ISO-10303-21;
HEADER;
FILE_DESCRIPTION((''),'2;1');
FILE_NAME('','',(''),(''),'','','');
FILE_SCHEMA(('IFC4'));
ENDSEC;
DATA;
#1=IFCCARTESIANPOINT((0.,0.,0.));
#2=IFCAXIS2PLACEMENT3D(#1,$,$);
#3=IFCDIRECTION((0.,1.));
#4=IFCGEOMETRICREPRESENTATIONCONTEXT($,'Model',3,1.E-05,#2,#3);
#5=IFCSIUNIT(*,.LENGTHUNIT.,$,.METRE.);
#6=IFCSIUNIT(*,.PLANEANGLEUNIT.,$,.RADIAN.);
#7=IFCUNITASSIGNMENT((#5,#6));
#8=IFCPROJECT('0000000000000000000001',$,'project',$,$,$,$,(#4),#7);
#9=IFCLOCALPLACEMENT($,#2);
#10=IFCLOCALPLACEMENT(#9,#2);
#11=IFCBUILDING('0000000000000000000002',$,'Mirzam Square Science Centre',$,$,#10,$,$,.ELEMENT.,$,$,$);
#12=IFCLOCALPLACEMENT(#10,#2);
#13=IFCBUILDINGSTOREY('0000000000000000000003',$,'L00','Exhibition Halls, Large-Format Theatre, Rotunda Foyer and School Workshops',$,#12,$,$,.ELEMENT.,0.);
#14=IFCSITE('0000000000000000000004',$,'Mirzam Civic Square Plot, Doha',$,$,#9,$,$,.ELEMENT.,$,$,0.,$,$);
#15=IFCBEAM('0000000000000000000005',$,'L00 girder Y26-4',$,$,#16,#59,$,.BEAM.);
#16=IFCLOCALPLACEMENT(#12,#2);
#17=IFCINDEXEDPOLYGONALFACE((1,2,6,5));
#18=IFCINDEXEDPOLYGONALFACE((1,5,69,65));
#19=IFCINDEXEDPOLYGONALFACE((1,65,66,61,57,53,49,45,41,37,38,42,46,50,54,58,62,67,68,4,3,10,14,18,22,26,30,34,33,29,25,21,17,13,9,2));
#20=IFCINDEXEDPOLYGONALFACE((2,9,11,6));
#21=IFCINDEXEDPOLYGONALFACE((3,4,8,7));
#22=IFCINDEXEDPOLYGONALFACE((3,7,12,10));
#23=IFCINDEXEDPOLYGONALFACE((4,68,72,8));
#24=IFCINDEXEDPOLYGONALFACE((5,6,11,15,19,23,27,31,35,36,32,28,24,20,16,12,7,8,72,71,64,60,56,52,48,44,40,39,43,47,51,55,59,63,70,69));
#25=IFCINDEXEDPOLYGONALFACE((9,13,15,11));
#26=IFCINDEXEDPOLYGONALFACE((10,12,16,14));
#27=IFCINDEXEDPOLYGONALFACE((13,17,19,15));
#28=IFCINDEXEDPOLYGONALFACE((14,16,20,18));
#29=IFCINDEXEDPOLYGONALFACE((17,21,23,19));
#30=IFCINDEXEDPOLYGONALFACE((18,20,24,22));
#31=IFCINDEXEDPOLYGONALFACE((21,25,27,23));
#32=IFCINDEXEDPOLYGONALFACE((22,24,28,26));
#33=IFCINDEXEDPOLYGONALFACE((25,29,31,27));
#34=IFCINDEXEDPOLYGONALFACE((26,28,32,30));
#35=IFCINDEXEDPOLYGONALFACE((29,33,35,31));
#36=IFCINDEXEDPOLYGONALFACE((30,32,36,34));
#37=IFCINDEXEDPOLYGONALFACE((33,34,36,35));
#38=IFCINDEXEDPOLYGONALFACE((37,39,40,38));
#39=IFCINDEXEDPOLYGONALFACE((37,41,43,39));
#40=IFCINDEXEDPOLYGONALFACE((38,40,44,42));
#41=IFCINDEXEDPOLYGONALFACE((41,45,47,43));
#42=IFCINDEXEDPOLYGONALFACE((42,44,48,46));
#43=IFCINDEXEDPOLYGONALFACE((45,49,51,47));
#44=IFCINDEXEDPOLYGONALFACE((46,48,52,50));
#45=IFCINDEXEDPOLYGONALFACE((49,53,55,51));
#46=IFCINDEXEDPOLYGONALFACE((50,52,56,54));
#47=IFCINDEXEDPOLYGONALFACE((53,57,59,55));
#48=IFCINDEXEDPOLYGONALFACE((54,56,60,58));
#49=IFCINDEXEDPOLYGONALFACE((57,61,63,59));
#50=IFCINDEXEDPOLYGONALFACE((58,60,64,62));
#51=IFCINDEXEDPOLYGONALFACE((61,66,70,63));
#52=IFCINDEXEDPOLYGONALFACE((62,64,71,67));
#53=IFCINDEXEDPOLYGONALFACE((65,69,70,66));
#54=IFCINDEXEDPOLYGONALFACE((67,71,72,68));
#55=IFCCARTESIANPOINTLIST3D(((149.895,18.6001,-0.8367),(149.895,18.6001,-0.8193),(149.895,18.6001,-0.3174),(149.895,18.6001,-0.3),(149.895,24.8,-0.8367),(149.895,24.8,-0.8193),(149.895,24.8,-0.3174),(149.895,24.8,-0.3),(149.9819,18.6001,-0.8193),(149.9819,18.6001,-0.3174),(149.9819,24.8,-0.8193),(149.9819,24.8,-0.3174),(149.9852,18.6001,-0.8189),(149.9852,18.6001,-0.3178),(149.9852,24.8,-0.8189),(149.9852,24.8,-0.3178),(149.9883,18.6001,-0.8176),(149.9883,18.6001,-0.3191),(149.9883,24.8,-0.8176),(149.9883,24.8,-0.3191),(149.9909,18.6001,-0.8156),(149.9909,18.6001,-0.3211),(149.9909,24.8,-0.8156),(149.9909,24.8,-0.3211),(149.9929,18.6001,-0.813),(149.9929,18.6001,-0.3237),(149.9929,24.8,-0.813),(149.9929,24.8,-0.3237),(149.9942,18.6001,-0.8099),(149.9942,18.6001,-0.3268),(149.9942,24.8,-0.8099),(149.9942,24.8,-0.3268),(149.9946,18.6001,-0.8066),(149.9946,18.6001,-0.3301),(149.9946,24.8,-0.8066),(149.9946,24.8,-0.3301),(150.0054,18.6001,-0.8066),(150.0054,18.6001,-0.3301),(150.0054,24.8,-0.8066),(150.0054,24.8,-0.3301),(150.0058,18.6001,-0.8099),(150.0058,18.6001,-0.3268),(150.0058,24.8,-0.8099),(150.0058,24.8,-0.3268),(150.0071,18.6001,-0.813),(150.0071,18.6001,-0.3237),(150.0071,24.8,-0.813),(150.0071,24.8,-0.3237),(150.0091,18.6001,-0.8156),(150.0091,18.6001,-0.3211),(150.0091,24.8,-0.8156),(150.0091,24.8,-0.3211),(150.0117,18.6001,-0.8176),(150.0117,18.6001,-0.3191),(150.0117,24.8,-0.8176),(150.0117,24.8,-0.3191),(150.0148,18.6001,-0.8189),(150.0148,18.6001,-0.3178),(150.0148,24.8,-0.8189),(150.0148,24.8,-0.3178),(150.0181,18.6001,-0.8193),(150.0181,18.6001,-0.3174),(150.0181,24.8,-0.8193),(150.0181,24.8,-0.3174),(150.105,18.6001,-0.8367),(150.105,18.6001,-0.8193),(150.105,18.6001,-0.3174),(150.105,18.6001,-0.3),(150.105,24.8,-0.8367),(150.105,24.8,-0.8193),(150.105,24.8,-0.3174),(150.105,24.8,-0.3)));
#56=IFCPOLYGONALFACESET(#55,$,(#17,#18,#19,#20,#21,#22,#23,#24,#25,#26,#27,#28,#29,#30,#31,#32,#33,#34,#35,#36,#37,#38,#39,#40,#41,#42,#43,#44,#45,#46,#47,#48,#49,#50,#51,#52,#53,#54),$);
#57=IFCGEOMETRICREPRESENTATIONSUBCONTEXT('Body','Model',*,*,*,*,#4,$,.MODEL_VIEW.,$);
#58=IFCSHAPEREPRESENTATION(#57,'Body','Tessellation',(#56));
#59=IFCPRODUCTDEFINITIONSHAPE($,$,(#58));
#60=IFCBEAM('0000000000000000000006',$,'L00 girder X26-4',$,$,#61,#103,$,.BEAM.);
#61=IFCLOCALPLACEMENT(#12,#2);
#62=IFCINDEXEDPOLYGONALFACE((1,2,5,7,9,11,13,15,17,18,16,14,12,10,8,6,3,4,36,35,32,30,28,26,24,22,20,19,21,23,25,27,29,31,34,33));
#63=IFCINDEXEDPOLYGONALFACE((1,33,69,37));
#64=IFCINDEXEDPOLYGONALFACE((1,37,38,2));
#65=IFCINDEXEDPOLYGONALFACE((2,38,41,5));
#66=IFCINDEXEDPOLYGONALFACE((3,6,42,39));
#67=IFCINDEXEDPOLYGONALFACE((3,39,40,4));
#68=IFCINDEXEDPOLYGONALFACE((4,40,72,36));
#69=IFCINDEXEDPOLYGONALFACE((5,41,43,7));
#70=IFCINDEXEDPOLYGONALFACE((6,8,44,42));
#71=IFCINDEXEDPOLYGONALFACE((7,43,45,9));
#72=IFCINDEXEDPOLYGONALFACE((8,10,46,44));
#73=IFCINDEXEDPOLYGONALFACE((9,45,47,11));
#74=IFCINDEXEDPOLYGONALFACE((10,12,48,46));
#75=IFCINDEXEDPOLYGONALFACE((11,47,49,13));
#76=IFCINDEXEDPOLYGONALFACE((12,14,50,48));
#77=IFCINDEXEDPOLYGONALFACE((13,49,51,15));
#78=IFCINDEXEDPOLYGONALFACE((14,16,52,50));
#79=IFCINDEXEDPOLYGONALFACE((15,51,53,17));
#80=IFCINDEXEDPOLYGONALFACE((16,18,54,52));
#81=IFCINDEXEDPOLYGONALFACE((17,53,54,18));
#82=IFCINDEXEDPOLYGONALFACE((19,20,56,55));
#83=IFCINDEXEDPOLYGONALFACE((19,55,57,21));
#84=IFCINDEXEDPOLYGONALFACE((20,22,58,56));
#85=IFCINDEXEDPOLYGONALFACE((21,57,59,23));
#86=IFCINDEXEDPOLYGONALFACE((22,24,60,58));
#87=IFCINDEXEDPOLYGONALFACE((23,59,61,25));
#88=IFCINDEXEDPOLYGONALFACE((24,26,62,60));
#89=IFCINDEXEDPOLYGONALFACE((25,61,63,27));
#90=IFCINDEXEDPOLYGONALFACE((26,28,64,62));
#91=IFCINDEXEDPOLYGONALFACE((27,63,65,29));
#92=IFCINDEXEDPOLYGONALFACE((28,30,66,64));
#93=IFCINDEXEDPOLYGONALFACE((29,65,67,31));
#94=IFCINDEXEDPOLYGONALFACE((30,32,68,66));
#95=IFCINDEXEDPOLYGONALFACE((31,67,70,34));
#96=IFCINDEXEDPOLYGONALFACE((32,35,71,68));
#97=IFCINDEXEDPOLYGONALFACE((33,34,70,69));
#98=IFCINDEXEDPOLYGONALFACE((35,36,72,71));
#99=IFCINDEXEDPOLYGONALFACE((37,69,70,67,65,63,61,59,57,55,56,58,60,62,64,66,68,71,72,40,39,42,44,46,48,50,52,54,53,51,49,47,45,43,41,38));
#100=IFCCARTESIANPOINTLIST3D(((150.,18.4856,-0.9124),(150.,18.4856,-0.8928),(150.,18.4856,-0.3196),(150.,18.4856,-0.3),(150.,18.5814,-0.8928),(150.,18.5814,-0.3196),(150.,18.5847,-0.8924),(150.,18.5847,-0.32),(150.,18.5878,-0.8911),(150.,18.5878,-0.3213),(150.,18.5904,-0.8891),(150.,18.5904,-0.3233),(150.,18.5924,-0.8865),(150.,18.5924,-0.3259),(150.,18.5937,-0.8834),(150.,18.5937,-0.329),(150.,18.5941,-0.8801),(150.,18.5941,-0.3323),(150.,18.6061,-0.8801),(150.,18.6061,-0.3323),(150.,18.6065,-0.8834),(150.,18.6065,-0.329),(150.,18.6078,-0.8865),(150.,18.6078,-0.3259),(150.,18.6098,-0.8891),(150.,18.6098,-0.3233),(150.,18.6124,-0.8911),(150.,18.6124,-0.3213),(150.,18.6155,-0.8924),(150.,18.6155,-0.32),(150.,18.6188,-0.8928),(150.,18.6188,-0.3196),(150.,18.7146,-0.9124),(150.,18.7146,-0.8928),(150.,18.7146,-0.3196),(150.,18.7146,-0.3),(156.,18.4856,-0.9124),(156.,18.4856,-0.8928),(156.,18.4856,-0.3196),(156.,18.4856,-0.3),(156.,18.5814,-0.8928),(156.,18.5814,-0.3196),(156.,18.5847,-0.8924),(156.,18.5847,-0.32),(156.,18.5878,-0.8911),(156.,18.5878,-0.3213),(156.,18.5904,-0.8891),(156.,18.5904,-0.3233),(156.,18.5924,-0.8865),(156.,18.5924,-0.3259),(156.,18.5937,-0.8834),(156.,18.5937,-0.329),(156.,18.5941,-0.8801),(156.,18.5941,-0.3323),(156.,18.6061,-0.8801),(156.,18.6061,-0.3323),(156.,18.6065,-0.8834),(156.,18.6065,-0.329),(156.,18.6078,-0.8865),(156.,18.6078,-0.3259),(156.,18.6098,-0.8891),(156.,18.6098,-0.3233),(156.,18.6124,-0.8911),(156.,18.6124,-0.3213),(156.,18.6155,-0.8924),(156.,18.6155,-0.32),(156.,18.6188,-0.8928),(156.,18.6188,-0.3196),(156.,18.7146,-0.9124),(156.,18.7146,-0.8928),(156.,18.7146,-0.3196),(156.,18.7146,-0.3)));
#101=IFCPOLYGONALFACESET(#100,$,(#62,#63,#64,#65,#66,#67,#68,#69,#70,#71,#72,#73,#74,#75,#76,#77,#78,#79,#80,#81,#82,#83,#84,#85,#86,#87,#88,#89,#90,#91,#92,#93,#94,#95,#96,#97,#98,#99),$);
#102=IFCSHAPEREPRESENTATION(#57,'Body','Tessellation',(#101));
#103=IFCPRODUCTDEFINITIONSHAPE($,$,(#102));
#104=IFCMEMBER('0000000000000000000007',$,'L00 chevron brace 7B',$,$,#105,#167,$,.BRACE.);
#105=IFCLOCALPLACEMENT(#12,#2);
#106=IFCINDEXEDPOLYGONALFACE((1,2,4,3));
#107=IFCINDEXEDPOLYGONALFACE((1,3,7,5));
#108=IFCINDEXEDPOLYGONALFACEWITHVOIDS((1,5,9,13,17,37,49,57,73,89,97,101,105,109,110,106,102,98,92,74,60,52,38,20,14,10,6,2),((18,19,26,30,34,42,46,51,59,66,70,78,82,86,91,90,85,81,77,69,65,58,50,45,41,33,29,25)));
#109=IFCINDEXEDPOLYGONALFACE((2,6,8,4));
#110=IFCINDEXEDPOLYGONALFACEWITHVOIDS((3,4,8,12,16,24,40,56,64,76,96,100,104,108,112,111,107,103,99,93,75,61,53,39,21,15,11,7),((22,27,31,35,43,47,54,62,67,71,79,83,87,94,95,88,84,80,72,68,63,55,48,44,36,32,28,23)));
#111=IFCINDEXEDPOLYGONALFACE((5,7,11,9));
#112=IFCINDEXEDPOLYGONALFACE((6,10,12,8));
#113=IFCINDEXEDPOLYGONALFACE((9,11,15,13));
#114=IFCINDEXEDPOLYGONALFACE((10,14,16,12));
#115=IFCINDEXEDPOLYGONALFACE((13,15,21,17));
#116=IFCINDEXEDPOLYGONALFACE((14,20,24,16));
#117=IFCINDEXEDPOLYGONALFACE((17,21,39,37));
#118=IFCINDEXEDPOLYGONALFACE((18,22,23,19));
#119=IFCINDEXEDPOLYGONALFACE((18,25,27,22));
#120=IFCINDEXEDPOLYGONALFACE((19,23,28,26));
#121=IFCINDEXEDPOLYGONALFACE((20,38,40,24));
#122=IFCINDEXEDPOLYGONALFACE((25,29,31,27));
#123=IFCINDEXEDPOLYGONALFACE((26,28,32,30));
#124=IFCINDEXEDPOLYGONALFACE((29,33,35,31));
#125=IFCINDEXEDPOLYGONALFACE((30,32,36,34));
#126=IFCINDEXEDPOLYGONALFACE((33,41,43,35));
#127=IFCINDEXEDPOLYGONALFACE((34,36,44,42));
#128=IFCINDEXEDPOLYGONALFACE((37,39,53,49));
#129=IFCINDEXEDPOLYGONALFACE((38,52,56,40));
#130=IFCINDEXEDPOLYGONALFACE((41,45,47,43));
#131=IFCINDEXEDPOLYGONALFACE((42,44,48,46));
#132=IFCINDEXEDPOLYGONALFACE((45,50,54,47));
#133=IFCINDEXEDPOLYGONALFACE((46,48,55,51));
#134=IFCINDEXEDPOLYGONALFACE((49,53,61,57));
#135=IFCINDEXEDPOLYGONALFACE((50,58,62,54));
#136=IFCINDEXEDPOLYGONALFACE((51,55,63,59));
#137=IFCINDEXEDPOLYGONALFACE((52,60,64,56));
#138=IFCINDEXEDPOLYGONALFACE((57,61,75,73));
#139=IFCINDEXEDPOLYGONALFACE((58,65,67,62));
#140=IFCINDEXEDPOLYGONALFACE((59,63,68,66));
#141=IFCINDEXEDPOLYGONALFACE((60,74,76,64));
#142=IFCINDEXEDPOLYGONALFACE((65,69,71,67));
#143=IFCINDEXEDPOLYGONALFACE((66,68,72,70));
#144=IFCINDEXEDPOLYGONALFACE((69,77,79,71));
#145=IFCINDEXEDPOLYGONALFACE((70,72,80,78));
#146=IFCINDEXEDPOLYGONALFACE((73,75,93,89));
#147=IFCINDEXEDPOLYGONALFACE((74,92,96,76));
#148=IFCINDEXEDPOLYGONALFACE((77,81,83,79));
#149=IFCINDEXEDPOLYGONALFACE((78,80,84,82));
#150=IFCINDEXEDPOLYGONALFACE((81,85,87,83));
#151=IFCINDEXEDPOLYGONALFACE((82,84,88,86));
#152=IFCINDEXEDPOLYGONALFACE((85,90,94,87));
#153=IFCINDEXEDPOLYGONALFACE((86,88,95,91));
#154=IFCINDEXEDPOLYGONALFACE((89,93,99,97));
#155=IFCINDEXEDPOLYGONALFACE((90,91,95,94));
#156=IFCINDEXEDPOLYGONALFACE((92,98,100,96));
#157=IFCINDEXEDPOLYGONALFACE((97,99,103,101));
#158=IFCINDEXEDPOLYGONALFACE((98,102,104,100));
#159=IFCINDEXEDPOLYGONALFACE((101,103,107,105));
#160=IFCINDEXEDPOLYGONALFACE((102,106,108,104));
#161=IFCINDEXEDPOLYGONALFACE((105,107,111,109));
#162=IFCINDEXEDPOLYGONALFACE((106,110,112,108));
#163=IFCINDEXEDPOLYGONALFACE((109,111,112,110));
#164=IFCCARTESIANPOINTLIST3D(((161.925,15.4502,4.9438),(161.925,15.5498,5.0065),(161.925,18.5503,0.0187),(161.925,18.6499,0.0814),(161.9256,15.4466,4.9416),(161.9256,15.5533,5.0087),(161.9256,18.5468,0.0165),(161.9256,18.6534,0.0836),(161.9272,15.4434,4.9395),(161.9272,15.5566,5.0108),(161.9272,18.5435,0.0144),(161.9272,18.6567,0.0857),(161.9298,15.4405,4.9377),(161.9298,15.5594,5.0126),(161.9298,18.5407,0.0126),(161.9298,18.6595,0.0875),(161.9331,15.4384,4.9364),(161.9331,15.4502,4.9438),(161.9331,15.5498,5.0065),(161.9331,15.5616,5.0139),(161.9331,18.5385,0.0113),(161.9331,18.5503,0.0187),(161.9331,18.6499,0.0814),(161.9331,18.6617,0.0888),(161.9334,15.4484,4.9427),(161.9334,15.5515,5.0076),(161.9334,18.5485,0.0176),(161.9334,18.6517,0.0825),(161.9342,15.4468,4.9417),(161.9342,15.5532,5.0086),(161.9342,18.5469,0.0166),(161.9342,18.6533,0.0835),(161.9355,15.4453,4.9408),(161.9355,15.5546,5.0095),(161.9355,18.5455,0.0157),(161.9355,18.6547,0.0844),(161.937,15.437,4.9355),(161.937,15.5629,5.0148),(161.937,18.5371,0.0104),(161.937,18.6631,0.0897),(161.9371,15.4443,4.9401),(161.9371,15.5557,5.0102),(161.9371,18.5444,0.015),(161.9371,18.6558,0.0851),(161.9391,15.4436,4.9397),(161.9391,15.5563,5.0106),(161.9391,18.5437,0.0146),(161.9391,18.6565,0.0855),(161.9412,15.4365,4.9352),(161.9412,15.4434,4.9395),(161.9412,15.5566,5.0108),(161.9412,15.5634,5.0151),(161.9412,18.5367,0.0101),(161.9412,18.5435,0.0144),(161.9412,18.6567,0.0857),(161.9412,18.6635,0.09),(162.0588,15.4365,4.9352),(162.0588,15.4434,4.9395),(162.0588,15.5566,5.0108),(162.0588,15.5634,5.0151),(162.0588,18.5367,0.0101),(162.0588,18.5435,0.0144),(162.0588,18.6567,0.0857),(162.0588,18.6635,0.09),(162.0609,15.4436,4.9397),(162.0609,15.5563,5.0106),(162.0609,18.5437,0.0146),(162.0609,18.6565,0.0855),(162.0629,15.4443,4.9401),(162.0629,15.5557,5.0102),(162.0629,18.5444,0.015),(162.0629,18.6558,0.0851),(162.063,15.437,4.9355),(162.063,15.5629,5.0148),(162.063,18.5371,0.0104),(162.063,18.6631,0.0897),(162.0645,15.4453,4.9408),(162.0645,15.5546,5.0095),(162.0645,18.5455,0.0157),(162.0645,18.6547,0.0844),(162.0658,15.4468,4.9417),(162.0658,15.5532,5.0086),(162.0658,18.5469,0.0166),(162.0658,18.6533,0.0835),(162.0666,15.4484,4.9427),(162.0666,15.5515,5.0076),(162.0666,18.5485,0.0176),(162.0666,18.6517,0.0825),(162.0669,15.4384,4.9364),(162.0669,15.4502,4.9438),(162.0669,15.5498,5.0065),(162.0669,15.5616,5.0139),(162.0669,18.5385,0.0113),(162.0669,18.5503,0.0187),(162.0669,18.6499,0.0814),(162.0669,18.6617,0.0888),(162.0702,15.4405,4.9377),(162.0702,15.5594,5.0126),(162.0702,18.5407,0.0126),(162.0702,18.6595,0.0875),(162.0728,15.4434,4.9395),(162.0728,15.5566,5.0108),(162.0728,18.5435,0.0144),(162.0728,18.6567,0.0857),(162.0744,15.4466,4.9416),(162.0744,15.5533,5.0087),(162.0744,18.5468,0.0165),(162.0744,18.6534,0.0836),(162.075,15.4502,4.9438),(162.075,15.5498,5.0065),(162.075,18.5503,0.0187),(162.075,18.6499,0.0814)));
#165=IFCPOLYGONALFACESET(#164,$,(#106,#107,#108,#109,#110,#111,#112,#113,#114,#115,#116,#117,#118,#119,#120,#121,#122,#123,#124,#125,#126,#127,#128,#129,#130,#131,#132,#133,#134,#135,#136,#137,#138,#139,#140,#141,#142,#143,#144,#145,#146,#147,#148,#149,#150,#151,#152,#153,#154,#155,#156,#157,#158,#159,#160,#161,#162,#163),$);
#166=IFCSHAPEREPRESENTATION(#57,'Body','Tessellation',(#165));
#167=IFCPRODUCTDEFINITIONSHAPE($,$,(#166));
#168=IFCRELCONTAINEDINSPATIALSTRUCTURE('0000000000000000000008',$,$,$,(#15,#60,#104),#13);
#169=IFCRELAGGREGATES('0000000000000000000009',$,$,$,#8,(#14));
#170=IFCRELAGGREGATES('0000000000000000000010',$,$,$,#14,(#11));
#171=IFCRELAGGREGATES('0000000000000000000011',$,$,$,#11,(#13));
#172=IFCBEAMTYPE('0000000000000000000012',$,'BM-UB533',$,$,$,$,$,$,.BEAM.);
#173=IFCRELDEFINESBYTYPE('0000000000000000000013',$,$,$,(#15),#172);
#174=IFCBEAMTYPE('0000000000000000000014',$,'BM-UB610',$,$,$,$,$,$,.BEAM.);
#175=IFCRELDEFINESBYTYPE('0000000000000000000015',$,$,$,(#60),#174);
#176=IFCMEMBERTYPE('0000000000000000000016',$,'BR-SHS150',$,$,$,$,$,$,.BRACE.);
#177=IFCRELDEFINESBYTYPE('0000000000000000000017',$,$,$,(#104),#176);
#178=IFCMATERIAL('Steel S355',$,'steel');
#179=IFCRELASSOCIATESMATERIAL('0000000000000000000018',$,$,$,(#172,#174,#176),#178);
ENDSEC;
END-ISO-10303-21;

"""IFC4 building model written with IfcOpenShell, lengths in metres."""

from ifc_helpers import new_model, si_unit, direction, frame, origin, origin_2d, place, context, subcontext, project, spatial, hollow_rectangle, i_section, extrude, material, material_profile, profile_set, type_object, element, save


model = new_model("IFC4")

# Units and contexts
model_context = context("Model", 3, precision=1e-05, world=origin(), true_north=direction((0.0, 1.0)))
body_context = subcontext(model_context, "Body", "Model", "MODEL_VIEW")
ifc_project = project(units=[si_unit("LENGTHUNIT", "METRE"), si_unit("PLANEANGLEUNIT", "RADIAN")], contexts=[model_context])

# Site, building, storey
site_placement = place(None, origin())
site = spatial("IfcSite", under=ifc_project, at=site_placement, Name="Mirzam Civic Square Plot, Doha", CompositionType="ELEMENT", RefElevation=0.0)
building_placement = place(site_placement, origin())
building = spatial("IfcBuilding", under=site, at=building_placement, Name="Mirzam Square Science Centre", CompositionType="ELEMENT")
storey_placement = place(building_placement, origin())
storey = spatial("IfcBuildingStorey", under=building, at=storey_placement, Name="L00", Description="Exhibition Halls, Large-Format Theatre, Rotunda Foyer and School Workshops", CompositionType="ELEMENT", Elevation=0.0)

# Shared definitions
ifc_material_1 = material(Name="Steel S355", Category="steel")

# Beams
ifc_material_profile_1 = material_profile(ifc_material_1, i_section(OverallWidth=0.21, OverallDepth=0.5366, WebThickness=0.0107, FlangeThickness=0.0173, FilletRadius=0.0127, at=origin_2d()), Name="533x210x101UB")
ifc_profile_set_1 = profile_set([ifc_material_profile_1], Name="Steel S355")
beam_type_1 = type_object("IfcBeamType", Name="BM-UB533", PredefinedType="BEAM", material=ifc_profile_set_1)
beam_1_placement = place(storey_placement, frame((150.0, 18.6001, -0.5684), z_axis=(0.0, 1.0, 0.0), x_axis=(-1.0, 0.0, 0.0)))
element("IfcBeam", 1, at=beam_1_placement, inside=storey, type_object=beam_type_1, Name="L00 girder Y26-4", PredefinedType="BEAM", context=body_context, shape_type="SweptSolid", body=[
    extrude(i_section(OverallWidth=0.21, OverallDepth=0.5366, WebThickness=0.0107, FlangeThickness=0.0173, FilletRadius=0.0127, at=origin_2d()), origin(), (0.0, 0.0, 1.0), 6.2),
])
ifc_material_profile_2 = material_profile(ifc_material_1, i_section(OverallWidth=0.229, OverallDepth=0.6123, WebThickness=0.012, FlangeThickness=0.0195, FilletRadius=0.0127, at=origin_2d()), Name="610x229x125UB")
ifc_profile_set_2 = profile_set([ifc_material_profile_2], Name="Steel S355")
beam_type_2 = type_object("IfcBeamType", Name="BM-UB610", PredefinedType="BEAM", material=ifc_profile_set_2)
beam_2_placement = place(storey_placement, frame((150.0, 18.6001, -0.6062), z_axis=(1.0, 0.0, 0.0), x_axis=(0.0, 1.0, 0.0)))
element("IfcBeam", 2, at=beam_2_placement, inside=storey, type_object=beam_type_2, Name="L00 girder X26-4", PredefinedType="BEAM", context=body_context, shape_type="SweptSolid", body=[
    extrude(i_section(OverallWidth=0.229, OverallDepth=0.6123, WebThickness=0.012, FlangeThickness=0.0195, FilletRadius=0.0127, at=origin_2d()), origin(), (0.0, 0.0, 1.0), 6.0),
])

# Member
ifc_material_profile_3 = material_profile(ifc_material_1, hollow_rectangle(XDim=0.1499, YDim=0.1499, WallThickness=0.0081, InnerFilletRadius=0.0081, OuterFilletRadius=0.0161, at=origin_2d()), Name="150x150x8.0SHS")
ifc_profile_set_3 = profile_set([ifc_material_profile_3], Name="Steel S355")
member_type = type_object("IfcMemberType", Name="BR-SHS150", PredefinedType="BRACE", material=ifc_profile_set_3)
member_placement = place(storey_placement, frame((162.0, 18.6001, 0.05), z_axis=(0.0, -0.532708, 0.846299), x_axis=(1.0, 0.0, 0.0)))
element("IfcMember", 3, at=member_placement, inside=storey, type_object=member_type, Name="L00 chevron brace 7B", PredefinedType="BRACE", context=body_context, shape_type="SweptSolid", body=[
    extrude(hollow_rectangle(XDim=0.1499, YDim=0.1499, WallThickness=0.0081, InnerFilletRadius=0.0081, OuterFilletRadius=0.0161, at=origin_2d()), origin(), (0.0, 0.0, 1.0), 5.8196),
])

save(model, "model.ifc")
